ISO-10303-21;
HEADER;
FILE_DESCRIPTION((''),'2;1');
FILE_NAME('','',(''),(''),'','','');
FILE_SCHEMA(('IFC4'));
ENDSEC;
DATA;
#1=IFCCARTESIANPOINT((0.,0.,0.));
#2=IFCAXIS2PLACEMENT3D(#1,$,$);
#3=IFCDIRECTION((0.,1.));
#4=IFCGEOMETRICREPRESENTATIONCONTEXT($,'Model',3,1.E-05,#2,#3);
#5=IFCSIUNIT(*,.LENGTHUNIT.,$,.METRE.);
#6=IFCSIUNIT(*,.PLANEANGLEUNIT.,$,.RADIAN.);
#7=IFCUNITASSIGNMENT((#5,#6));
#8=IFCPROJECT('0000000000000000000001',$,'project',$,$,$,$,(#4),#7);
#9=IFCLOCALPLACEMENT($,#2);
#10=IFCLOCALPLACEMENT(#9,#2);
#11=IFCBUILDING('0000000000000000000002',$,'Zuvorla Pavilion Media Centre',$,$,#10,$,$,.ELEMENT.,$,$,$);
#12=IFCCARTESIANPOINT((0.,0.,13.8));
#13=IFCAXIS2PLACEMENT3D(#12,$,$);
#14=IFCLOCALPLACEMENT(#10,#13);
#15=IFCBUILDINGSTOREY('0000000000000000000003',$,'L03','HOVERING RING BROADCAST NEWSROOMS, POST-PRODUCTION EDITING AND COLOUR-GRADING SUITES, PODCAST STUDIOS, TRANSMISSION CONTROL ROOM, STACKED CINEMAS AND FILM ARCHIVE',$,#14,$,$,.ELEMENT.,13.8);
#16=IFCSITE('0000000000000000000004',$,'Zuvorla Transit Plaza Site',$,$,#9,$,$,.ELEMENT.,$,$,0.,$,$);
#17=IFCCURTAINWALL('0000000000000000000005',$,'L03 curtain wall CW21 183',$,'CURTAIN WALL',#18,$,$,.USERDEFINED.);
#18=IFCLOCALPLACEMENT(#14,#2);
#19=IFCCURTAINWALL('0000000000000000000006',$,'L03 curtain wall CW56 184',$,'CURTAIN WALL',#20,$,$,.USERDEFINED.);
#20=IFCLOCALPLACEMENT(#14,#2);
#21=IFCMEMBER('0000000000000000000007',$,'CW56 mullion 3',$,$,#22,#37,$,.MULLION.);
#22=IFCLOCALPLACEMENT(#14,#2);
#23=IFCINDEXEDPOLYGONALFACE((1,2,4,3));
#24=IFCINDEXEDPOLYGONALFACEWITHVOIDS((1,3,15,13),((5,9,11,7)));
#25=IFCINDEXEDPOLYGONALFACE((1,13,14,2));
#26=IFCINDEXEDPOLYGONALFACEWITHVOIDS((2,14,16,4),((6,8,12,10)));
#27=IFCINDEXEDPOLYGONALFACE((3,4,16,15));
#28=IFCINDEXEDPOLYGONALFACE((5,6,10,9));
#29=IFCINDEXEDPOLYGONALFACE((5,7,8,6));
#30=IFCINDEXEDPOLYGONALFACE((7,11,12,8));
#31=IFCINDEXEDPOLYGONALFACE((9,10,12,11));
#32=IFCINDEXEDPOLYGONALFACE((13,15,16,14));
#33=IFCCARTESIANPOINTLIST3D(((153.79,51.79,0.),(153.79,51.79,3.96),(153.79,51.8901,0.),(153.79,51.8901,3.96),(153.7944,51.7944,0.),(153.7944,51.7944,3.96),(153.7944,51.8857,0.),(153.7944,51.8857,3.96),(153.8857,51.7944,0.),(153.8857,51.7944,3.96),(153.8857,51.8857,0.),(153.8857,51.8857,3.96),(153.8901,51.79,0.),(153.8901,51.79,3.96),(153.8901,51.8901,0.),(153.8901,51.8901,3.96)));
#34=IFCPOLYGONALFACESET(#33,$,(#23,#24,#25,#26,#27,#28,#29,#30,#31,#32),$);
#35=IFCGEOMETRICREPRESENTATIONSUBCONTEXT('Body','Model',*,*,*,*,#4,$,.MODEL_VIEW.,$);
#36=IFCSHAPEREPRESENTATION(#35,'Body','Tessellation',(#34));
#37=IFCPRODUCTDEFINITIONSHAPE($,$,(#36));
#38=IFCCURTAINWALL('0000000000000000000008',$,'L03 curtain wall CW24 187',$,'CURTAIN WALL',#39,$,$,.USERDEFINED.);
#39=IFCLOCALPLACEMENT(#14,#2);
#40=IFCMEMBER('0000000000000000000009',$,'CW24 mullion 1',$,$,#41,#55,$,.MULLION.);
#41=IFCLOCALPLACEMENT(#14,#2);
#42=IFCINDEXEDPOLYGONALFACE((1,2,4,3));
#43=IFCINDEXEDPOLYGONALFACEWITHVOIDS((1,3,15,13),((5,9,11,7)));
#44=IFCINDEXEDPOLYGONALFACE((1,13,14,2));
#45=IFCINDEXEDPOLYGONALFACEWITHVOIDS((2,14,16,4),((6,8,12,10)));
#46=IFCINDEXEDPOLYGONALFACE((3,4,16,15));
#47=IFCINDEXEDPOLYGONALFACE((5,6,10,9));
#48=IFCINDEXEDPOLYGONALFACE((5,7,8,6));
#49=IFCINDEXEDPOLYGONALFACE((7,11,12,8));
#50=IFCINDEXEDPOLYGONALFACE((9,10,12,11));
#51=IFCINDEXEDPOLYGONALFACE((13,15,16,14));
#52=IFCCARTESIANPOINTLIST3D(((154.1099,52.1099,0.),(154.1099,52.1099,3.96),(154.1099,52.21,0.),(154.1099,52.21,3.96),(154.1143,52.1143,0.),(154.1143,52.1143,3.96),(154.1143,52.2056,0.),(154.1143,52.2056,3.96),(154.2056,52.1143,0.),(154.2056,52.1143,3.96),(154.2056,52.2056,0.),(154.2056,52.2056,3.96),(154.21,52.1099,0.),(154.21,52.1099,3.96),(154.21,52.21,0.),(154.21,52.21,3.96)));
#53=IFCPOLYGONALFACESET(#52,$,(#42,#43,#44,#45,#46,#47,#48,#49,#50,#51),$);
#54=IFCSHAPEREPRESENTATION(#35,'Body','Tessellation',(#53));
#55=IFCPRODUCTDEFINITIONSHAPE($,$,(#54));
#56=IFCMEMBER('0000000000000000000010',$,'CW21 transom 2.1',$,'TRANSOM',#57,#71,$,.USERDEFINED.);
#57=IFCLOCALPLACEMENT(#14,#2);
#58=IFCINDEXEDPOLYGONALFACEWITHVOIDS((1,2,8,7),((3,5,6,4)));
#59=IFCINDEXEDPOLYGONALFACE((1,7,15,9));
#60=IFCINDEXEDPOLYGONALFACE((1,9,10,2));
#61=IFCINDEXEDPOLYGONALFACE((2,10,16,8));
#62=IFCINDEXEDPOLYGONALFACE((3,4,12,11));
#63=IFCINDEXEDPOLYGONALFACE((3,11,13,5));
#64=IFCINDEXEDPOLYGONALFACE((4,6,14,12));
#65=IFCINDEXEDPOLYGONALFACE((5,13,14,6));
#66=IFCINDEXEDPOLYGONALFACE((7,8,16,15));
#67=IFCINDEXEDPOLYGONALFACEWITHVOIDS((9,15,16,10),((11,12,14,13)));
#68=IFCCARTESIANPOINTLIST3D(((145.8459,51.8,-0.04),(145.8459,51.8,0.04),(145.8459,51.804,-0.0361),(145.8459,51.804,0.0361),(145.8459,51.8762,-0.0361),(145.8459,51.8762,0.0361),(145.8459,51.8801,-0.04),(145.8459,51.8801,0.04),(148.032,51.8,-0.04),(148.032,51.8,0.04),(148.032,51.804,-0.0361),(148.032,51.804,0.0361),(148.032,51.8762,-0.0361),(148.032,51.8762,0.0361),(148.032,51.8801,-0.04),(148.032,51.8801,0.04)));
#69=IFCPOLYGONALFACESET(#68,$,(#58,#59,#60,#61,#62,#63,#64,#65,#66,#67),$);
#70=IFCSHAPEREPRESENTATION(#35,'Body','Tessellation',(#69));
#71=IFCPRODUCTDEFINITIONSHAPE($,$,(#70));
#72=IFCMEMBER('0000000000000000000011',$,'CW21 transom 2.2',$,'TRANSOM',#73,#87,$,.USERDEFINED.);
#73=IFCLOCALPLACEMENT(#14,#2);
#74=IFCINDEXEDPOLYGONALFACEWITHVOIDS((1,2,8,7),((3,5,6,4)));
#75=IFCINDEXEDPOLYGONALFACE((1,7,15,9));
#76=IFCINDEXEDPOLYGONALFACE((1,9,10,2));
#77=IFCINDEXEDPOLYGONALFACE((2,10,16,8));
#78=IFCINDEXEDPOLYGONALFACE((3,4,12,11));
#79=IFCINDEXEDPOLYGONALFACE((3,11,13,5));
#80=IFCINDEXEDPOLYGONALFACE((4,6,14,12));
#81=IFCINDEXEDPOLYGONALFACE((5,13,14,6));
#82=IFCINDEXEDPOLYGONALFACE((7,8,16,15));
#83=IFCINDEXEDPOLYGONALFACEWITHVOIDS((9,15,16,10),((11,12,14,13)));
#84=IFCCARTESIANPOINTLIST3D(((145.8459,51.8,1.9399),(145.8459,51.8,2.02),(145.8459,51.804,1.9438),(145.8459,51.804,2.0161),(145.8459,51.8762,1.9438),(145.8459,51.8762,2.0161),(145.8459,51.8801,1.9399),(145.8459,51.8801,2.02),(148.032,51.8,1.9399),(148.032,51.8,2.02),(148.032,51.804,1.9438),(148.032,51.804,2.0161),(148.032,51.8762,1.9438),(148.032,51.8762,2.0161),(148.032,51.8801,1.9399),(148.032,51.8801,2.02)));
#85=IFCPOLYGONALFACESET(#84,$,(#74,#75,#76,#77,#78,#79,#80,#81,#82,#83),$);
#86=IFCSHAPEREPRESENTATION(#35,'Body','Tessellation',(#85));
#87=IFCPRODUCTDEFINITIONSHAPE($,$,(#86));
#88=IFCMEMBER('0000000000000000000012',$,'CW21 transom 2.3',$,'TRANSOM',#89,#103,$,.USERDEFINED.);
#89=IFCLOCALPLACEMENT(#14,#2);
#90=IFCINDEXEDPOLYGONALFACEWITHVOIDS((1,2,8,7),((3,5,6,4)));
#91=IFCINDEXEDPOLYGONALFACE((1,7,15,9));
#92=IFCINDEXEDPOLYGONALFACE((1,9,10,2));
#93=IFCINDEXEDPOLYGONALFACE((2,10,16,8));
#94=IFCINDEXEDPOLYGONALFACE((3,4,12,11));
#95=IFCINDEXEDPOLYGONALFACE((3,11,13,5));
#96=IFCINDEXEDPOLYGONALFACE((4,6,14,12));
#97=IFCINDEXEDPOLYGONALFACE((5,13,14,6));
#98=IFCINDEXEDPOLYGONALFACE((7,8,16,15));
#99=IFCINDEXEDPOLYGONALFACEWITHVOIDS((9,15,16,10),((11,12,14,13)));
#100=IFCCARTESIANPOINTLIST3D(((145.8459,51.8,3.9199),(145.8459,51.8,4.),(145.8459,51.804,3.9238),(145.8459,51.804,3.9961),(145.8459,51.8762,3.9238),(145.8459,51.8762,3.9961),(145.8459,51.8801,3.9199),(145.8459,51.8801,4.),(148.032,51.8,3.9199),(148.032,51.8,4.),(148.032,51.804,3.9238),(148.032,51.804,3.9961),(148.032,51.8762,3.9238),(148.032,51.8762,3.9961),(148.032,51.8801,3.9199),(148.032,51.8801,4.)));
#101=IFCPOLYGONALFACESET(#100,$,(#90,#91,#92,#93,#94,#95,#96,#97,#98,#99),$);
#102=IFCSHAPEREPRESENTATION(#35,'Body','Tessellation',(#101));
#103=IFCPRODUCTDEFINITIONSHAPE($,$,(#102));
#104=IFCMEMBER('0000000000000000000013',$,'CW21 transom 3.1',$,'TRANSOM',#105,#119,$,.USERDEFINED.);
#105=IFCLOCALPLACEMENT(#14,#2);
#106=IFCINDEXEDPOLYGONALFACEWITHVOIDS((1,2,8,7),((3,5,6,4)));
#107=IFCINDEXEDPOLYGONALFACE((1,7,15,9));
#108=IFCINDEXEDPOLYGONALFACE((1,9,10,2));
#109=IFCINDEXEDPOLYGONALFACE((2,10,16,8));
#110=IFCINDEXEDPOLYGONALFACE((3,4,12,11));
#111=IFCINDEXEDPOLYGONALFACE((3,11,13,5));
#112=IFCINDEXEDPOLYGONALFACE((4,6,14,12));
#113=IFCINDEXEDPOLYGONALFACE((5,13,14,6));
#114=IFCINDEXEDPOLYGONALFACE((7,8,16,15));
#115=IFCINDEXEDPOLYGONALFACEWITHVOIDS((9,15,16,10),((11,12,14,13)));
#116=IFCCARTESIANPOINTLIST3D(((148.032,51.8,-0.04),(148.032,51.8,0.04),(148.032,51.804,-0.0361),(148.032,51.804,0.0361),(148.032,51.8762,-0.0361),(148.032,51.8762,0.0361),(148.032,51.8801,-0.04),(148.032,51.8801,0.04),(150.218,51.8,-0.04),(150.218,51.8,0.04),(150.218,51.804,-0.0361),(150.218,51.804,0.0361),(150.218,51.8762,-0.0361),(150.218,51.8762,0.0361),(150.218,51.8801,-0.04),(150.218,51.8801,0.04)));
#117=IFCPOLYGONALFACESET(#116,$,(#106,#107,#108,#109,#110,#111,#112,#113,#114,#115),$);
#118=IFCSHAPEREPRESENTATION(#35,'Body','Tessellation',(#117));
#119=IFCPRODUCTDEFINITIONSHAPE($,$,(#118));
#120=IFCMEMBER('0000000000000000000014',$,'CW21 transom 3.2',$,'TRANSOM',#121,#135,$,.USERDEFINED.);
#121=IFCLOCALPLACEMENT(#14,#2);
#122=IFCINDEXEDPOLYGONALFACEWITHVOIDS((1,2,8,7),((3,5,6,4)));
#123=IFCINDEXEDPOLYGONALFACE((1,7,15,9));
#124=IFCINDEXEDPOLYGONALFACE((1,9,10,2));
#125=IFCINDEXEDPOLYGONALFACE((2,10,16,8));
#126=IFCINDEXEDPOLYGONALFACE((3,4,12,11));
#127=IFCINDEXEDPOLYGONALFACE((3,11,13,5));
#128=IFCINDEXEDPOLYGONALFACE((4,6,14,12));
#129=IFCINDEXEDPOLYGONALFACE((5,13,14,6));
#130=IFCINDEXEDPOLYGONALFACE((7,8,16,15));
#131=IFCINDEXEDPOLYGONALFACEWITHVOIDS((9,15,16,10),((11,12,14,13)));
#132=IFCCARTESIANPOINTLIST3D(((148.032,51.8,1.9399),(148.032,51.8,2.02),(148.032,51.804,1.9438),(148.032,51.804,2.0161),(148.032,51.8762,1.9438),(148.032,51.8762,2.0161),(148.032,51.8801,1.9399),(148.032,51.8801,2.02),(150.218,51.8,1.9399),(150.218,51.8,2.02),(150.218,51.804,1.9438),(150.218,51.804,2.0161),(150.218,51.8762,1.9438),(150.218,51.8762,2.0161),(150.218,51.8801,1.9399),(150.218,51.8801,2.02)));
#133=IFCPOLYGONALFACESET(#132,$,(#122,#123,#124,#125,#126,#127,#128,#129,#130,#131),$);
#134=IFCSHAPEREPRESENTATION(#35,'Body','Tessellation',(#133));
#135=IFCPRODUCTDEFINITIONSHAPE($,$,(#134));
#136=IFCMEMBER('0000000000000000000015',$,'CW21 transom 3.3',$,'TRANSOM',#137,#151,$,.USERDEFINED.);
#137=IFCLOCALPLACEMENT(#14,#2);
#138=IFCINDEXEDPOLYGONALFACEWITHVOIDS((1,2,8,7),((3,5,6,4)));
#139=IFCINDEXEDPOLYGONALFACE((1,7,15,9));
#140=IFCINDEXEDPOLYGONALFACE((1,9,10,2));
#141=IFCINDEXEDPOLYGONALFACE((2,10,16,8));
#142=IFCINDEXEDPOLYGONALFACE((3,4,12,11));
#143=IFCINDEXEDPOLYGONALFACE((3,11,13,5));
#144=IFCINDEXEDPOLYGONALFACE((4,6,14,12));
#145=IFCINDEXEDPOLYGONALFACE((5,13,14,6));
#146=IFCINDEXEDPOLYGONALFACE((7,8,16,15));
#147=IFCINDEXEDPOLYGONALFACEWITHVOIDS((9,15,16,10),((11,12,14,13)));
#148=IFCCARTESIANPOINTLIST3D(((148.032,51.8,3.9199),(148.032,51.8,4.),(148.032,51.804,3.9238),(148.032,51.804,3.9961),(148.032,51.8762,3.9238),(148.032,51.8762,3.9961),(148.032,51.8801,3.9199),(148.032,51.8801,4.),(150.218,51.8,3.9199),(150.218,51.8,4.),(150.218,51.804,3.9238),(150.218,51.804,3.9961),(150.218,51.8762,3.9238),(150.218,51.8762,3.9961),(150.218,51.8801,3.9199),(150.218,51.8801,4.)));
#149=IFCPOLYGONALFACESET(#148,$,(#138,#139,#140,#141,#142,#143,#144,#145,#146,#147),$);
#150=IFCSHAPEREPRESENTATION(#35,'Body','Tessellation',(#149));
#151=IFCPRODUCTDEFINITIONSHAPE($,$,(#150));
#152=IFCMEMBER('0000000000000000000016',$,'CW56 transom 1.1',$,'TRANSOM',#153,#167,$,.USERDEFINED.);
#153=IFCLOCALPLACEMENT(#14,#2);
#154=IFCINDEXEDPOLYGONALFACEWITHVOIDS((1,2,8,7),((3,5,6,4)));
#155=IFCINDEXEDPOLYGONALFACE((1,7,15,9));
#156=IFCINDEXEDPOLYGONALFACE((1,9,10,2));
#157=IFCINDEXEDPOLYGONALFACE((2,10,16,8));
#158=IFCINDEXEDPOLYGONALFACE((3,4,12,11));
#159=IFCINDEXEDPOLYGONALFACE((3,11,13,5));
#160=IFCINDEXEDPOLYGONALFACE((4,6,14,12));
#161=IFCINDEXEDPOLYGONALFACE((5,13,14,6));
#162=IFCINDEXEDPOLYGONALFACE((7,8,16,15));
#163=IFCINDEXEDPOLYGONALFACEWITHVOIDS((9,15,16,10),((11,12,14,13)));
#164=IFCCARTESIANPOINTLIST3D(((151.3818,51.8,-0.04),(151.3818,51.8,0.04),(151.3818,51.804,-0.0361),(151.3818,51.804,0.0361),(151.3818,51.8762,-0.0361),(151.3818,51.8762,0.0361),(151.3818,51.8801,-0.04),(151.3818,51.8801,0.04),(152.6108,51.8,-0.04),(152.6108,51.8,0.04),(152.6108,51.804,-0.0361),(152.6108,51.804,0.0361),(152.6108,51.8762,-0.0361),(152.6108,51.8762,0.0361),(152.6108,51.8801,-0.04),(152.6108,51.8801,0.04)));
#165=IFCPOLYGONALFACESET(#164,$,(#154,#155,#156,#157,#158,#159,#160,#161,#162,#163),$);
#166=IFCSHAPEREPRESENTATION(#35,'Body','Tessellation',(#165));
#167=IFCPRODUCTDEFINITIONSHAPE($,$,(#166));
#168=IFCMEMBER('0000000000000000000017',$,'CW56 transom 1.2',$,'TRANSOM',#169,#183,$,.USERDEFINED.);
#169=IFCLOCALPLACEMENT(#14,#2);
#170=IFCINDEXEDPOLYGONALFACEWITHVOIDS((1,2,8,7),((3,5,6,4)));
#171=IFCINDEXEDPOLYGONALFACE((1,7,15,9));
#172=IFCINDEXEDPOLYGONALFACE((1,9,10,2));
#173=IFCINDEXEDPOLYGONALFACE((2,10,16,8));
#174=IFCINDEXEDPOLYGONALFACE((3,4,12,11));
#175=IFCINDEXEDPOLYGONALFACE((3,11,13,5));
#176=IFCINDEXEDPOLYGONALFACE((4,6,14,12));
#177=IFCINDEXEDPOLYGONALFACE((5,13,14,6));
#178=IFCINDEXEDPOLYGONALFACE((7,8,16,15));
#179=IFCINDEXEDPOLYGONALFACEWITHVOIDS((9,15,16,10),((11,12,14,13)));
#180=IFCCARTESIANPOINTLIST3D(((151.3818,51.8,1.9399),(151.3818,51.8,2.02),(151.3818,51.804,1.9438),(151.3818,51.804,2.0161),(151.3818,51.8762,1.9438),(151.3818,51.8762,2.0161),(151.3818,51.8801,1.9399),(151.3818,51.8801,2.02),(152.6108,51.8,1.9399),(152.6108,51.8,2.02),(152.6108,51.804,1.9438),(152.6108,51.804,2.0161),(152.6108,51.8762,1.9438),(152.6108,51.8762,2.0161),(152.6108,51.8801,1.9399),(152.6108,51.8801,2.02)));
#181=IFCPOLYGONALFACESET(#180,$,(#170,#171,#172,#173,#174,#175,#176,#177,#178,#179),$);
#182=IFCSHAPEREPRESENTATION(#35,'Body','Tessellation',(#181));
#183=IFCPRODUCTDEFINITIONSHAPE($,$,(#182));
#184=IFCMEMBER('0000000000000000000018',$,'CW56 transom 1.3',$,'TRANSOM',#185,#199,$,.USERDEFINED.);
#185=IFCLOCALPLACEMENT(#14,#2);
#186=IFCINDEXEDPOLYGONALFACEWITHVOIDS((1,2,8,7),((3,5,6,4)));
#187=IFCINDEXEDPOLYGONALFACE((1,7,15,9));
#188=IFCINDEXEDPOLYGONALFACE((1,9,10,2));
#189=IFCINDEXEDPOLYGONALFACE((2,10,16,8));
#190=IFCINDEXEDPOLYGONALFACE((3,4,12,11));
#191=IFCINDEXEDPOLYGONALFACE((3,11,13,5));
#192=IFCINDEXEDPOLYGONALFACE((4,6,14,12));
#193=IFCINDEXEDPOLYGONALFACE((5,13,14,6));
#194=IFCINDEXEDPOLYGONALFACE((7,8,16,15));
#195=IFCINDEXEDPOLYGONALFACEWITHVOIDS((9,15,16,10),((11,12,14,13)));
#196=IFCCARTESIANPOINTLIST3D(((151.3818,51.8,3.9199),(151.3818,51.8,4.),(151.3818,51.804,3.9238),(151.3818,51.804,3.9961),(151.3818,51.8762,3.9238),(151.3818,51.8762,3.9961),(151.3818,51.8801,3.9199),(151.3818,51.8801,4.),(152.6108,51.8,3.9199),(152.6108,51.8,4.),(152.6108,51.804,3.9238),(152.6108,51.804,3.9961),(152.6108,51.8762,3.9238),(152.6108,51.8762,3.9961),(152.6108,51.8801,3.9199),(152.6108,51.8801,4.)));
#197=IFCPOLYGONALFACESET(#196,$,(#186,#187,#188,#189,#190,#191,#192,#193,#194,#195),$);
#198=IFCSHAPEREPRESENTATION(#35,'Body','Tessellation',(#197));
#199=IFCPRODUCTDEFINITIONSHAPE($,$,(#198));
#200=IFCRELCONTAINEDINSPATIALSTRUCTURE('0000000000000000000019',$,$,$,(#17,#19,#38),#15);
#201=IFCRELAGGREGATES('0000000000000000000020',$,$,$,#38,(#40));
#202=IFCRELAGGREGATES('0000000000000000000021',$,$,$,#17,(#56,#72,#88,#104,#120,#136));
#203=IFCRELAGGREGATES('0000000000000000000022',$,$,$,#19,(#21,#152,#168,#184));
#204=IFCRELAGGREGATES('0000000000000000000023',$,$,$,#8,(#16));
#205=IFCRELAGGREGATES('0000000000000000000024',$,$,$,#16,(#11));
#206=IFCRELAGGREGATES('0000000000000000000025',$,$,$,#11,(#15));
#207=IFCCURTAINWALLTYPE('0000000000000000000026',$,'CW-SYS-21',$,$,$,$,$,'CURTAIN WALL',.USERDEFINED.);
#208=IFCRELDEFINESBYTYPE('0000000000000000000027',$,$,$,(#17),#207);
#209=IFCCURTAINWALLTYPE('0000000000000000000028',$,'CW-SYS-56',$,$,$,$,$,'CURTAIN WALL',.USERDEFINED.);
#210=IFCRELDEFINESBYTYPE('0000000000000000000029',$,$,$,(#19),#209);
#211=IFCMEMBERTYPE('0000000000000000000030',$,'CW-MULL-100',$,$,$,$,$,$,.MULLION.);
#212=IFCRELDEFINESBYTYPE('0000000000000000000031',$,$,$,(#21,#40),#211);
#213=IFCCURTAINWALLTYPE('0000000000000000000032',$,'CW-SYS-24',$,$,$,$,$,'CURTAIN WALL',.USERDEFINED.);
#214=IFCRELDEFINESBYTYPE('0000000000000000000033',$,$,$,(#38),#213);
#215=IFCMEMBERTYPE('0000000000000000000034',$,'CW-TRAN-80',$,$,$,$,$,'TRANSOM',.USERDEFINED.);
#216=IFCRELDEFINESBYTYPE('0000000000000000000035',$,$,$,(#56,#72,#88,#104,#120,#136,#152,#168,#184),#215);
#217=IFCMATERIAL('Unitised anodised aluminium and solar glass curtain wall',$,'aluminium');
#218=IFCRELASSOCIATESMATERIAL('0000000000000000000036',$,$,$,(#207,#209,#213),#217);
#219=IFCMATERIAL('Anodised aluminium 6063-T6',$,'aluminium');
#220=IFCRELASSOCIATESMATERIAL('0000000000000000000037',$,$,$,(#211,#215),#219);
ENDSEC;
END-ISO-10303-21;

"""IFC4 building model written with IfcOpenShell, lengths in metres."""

from ifc_helpers import new_model, si_unit, direction, frame, origin, origin_2d, place, context, subcontext, project, spatial, hollow_rectangle, extrude, material, material_profile, profile_set, type_object, element, aggregate, save


model = new_model("IFC4")

# Units and contexts
model_context = context("Model", 3, precision=1e-05, world=origin(), true_north=direction((0.0, 1.0)))
body_context = subcontext(model_context, "Body", "Model", "MODEL_VIEW")
ifc_project = project(units=[si_unit("LENGTHUNIT", "METRE"), si_unit("PLANEANGLEUNIT", "RADIAN")], contexts=[model_context])

# Site, building, storey
site_placement = place(None, origin())
site = spatial("IfcSite", under=ifc_project, at=site_placement, Name="Zuvorla Transit Plaza Site", CompositionType="ELEMENT", RefElevation=0.0)
building_placement = place(site_placement, origin())
building = spatial("IfcBuilding", under=site, at=building_placement, Name="Zuvorla Pavilion Media Centre", CompositionType="ELEMENT")
storey_placement = place(building_placement, frame((0.0, 0.0, 13.8)))
storey = spatial("IfcBuildingStorey", under=building, at=storey_placement, Name="L03", Description="HOVERING RING BROADCAST NEWSROOMS, POST-PRODUCTION EDITING AND COLOUR-GRADING SUITES, PODCAST STUDIOS, TRANSMISSION CONTROL ROOM, STACKED CINEMAS AND FILM ARCHIVE", CompositionType="ELEMENT", Elevation=13.8)

# Curtain walls, member
ifc_material_1 = material(Name="Unitised anodised aluminium and solar glass curtain wall", Category="aluminium")
curtain_wall_type_1 = type_object("IfcCurtainWallType", Name="CW-SYS-21", ElementType="CURTAIN WALL", PredefinedType="USERDEFINED", material=ifc_material_1)
curtain_wall_1_placement = place(storey_placement, origin())
curtain_wall_1 = element("IfcCurtainWall", 1, at=curtain_wall_1_placement, inside=storey, type_object=curtain_wall_type_1, Name="L03 curtain wall CW21 183", ObjectType="CURTAIN WALL", PredefinedType="USERDEFINED")
ifc_material_2 = material(Name="Anodised aluminium 6063-T6", Category="aluminium")
ifc_material_profile_1 = material_profile(ifc_material_2, hollow_rectangle(XDim=0.1001, YDim=0.1001, WallThickness=0.0044, at=origin_2d()), Name="ALU MULL 100x100")
ifc_profile_set_1 = profile_set([ifc_material_profile_1], Name="Anodised aluminium 6063-T6")
member_type_1 = type_object("IfcMemberType", Name="CW-MULL-100", PredefinedType="MULLION", material=ifc_profile_set_1)
curtain_wall_type_2 = type_object("IfcCurtainWallType", Name="CW-SYS-56", ElementType="CURTAIN WALL", PredefinedType="USERDEFINED", material=ifc_material_1)
curtain_wall_2_placement = place(storey_placement, origin())
curtain_wall_2 = element("IfcCurtainWall", 2, at=curtain_wall_2_placement, inside=storey, type_object=curtain_wall_type_2, Name="L03 curtain wall CW56 184", ObjectType="CURTAIN WALL", PredefinedType="USERDEFINED")
member_1_placement = place(storey_placement, frame((153.8401, 51.8401, 0.0), z_axis=(0.0, 0.0, 1.0), x_axis=(1.0, 0.0, 0.0)))
member_1 = element("IfcMember", 3, at=member_1_placement, type_object=member_type_1, Name="CW56 mullion 3", PredefinedType="MULLION", context=body_context, shape_type="SweptSolid", body=[
    extrude(hollow_rectangle(XDim=0.1001, YDim=0.1001, WallThickness=0.0044, at=origin_2d()), origin(), (0.0, 0.0, 1.0), 3.96),
])

# Curtain wall, member
curtain_wall_type_3 = type_object("IfcCurtainWallType", Name="CW-SYS-24", ElementType="CURTAIN WALL", PredefinedType="USERDEFINED", material=ifc_material_1)
curtain_wall_3_placement = place(storey_placement, origin())
curtain_wall_3 = element("IfcCurtainWall", 4, at=curtain_wall_3_placement, inside=storey, type_object=curtain_wall_type_3, Name="L03 curtain wall CW24 187", ObjectType="CURTAIN WALL", PredefinedType="USERDEFINED")
member_2_placement = place(storey_placement, frame((154.1599, 52.1599, 0.0), z_axis=(0.0, 0.0, 1.0), x_axis=(1.0, 0.0, 0.0)))
member_2 = element("IfcMember", 5, at=member_2_placement, type_object=member_type_1, Name="CW24 mullion 1", PredefinedType="MULLION", context=body_context, shape_type="SweptSolid", body=[
    extrude(hollow_rectangle(XDim=0.1001, YDim=0.1001, WallThickness=0.0044, at=origin_2d()), origin(), (0.0, 0.0, 1.0), 3.96),
])

# Members
ifc_material_profile_2 = material_profile(ifc_material_2, hollow_rectangle(XDim=0.0801, YDim=0.0801, WallThickness=0.0039, at=origin_2d()), Name="ALU TRAN 80x80")
ifc_profile_set_2 = profile_set([ifc_material_profile_2], Name="Anodised aluminium 6063-T6")
member_type_2 = type_object("IfcMemberType", Name="CW-TRAN-80", ElementType="TRANSOM", PredefinedType="USERDEFINED", material=ifc_profile_set_2)
member_3_placement = place(storey_placement, frame((145.8459, 51.8401, 0.0), z_axis=(1.0, 0.0, 0.0), x_axis=(0.0, 1.0, 0.0)))
member_3 = element("IfcMember", 6, at=member_3_placement, type_object=member_type_2, Name="CW21 transom 2.1", ObjectType="TRANSOM", PredefinedType="USERDEFINED", context=body_context, shape_type="SweptSolid", body=[
    extrude(hollow_rectangle(XDim=0.0801, YDim=0.0801, WallThickness=0.0039, at=origin_2d()), origin(), (0.0, 0.0, 1.0), 2.186),
])
member_4_placement = place(storey_placement, frame((145.8459, 51.8401, 1.98), z_axis=(1.0, 0.0, 0.0), x_axis=(0.0, 1.0, 0.0)))
member_4 = element("IfcMember", 7, at=member_4_placement, type_object=member_type_2, Name="CW21 transom 2.2", ObjectType="TRANSOM", PredefinedType="USERDEFINED", context=body_context, shape_type="SweptSolid", body=[
    extrude(hollow_rectangle(XDim=0.0801, YDim=0.0801, WallThickness=0.0039, at=origin_2d()), origin(), (0.0, 0.0, 1.0), 2.186),
])
member_5_placement = place(storey_placement, frame((145.8459, 51.8401, 3.96), z_axis=(1.0, 0.0, 0.0), x_axis=(0.0, 1.0, 0.0)))
member_5 = element("IfcMember", 8, at=member_5_placement, type_object=member_type_2, Name="CW21 transom 2.3", ObjectType="TRANSOM", PredefinedType="USERDEFINED", context=body_context, shape_type="SweptSolid", body=[
    extrude(hollow_rectangle(XDim=0.0801, YDim=0.0801, WallThickness=0.0039, at=origin_2d()), origin(), (0.0, 0.0, 1.0), 2.186),
])
member_6_placement = place(storey_placement, frame((148.032, 51.8401, 0.0), z_axis=(1.0, 0.0, 0.0), x_axis=(0.0, 1.0, 0.0)))
member_6 = element("IfcMember", 9, at=member_6_placement, type_object=member_type_2, Name="CW21 transom 3.1", ObjectType="TRANSOM", PredefinedType="USERDEFINED", context=body_context, shape_type="SweptSolid", body=[
    extrude(hollow_rectangle(XDim=0.0801, YDim=0.0801, WallThickness=0.0039, at=origin_2d()), origin(), (0.0, 0.0, 1.0), 2.186),
])
member_7_placement = place(storey_placement, frame((148.032, 51.8401, 1.98), z_axis=(1.0, 0.0, 0.0), x_axis=(0.0, 1.0, 0.0)))
member_7 = element("IfcMember", 10, at=member_7_placement, type_object=member_type_2, Name="CW21 transom 3.2", ObjectType="TRANSOM", PredefinedType="USERDEFINED", context=body_context, shape_type="SweptSolid", body=[
    extrude(hollow_rectangle(XDim=0.0801, YDim=0.0801, WallThickness=0.0039, at=origin_2d()), origin(), (0.0, 0.0, 1.0), 2.186),
])
member_8_placement = place(storey_placement, frame((148.032, 51.8401, 3.96), z_axis=(1.0, 0.0, 0.0), x_axis=(0.0, 1.0, 0.0)))
member_8 = element("IfcMember", 11, at=member_8_placement, type_object=member_type_2, Name="CW21 transom 3.3", ObjectType="TRANSOM", PredefinedType="USERDEFINED", context=body_context, shape_type="SweptSolid", body=[
    extrude(hollow_rectangle(XDim=0.0801, YDim=0.0801, WallThickness=0.0039, at=origin_2d()), origin(), (0.0, 0.0, 1.0), 2.186),
])
member_9_placement = place(storey_placement, frame((151.3818, 51.8401, 0.0), z_axis=(1.0, 0.0, 0.0), x_axis=(0.0, 1.0, 0.0)))
member_9 = element("IfcMember", 12, at=member_9_placement, type_object=member_type_2, Name="CW56 transom 1.1", ObjectType="TRANSOM", PredefinedType="USERDEFINED", context=body_context, shape_type="SweptSolid", body=[
    extrude(hollow_rectangle(XDim=0.0801, YDim=0.0801, WallThickness=0.0039, at=origin_2d()), origin(), (0.0, 0.0, 1.0), 1.229),
])
member_10_placement = place(storey_placement, frame((151.3818, 51.8401, 1.98), z_axis=(1.0, 0.0, 0.0), x_axis=(0.0, 1.0, 0.0)))
member_10 = element("IfcMember", 13, at=member_10_placement, type_object=member_type_2, Name="CW56 transom 1.2", ObjectType="TRANSOM", PredefinedType="USERDEFINED", context=body_context, shape_type="SweptSolid", body=[
    extrude(hollow_rectangle(XDim=0.0801, YDim=0.0801, WallThickness=0.0039, at=origin_2d()), origin(), (0.0, 0.0, 1.0), 1.229),
])
member_11_placement = place(storey_placement, frame((151.3818, 51.8401, 3.96), z_axis=(1.0, 0.0, 0.0), x_axis=(0.0, 1.0, 0.0)))
member_11 = element("IfcMember", 14, at=member_11_placement, type_object=member_type_2, Name="CW56 transom 1.3", ObjectType="TRANSOM", PredefinedType="USERDEFINED", context=body_context, shape_type="SweptSolid", body=[
    extrude(hollow_rectangle(XDim=0.0801, YDim=0.0801, WallThickness=0.0039, at=origin_2d()), origin(), (0.0, 0.0, 1.0), 1.229),
])
aggregate(curtain_wall_3, [member_2])

aggregate(curtain_wall_1, [member_3, member_4, member_5, member_6, member_7, member_8])
aggregate(curtain_wall_2, [member_1, member_9, member_10, member_11])

save(model, "model.ifc")
